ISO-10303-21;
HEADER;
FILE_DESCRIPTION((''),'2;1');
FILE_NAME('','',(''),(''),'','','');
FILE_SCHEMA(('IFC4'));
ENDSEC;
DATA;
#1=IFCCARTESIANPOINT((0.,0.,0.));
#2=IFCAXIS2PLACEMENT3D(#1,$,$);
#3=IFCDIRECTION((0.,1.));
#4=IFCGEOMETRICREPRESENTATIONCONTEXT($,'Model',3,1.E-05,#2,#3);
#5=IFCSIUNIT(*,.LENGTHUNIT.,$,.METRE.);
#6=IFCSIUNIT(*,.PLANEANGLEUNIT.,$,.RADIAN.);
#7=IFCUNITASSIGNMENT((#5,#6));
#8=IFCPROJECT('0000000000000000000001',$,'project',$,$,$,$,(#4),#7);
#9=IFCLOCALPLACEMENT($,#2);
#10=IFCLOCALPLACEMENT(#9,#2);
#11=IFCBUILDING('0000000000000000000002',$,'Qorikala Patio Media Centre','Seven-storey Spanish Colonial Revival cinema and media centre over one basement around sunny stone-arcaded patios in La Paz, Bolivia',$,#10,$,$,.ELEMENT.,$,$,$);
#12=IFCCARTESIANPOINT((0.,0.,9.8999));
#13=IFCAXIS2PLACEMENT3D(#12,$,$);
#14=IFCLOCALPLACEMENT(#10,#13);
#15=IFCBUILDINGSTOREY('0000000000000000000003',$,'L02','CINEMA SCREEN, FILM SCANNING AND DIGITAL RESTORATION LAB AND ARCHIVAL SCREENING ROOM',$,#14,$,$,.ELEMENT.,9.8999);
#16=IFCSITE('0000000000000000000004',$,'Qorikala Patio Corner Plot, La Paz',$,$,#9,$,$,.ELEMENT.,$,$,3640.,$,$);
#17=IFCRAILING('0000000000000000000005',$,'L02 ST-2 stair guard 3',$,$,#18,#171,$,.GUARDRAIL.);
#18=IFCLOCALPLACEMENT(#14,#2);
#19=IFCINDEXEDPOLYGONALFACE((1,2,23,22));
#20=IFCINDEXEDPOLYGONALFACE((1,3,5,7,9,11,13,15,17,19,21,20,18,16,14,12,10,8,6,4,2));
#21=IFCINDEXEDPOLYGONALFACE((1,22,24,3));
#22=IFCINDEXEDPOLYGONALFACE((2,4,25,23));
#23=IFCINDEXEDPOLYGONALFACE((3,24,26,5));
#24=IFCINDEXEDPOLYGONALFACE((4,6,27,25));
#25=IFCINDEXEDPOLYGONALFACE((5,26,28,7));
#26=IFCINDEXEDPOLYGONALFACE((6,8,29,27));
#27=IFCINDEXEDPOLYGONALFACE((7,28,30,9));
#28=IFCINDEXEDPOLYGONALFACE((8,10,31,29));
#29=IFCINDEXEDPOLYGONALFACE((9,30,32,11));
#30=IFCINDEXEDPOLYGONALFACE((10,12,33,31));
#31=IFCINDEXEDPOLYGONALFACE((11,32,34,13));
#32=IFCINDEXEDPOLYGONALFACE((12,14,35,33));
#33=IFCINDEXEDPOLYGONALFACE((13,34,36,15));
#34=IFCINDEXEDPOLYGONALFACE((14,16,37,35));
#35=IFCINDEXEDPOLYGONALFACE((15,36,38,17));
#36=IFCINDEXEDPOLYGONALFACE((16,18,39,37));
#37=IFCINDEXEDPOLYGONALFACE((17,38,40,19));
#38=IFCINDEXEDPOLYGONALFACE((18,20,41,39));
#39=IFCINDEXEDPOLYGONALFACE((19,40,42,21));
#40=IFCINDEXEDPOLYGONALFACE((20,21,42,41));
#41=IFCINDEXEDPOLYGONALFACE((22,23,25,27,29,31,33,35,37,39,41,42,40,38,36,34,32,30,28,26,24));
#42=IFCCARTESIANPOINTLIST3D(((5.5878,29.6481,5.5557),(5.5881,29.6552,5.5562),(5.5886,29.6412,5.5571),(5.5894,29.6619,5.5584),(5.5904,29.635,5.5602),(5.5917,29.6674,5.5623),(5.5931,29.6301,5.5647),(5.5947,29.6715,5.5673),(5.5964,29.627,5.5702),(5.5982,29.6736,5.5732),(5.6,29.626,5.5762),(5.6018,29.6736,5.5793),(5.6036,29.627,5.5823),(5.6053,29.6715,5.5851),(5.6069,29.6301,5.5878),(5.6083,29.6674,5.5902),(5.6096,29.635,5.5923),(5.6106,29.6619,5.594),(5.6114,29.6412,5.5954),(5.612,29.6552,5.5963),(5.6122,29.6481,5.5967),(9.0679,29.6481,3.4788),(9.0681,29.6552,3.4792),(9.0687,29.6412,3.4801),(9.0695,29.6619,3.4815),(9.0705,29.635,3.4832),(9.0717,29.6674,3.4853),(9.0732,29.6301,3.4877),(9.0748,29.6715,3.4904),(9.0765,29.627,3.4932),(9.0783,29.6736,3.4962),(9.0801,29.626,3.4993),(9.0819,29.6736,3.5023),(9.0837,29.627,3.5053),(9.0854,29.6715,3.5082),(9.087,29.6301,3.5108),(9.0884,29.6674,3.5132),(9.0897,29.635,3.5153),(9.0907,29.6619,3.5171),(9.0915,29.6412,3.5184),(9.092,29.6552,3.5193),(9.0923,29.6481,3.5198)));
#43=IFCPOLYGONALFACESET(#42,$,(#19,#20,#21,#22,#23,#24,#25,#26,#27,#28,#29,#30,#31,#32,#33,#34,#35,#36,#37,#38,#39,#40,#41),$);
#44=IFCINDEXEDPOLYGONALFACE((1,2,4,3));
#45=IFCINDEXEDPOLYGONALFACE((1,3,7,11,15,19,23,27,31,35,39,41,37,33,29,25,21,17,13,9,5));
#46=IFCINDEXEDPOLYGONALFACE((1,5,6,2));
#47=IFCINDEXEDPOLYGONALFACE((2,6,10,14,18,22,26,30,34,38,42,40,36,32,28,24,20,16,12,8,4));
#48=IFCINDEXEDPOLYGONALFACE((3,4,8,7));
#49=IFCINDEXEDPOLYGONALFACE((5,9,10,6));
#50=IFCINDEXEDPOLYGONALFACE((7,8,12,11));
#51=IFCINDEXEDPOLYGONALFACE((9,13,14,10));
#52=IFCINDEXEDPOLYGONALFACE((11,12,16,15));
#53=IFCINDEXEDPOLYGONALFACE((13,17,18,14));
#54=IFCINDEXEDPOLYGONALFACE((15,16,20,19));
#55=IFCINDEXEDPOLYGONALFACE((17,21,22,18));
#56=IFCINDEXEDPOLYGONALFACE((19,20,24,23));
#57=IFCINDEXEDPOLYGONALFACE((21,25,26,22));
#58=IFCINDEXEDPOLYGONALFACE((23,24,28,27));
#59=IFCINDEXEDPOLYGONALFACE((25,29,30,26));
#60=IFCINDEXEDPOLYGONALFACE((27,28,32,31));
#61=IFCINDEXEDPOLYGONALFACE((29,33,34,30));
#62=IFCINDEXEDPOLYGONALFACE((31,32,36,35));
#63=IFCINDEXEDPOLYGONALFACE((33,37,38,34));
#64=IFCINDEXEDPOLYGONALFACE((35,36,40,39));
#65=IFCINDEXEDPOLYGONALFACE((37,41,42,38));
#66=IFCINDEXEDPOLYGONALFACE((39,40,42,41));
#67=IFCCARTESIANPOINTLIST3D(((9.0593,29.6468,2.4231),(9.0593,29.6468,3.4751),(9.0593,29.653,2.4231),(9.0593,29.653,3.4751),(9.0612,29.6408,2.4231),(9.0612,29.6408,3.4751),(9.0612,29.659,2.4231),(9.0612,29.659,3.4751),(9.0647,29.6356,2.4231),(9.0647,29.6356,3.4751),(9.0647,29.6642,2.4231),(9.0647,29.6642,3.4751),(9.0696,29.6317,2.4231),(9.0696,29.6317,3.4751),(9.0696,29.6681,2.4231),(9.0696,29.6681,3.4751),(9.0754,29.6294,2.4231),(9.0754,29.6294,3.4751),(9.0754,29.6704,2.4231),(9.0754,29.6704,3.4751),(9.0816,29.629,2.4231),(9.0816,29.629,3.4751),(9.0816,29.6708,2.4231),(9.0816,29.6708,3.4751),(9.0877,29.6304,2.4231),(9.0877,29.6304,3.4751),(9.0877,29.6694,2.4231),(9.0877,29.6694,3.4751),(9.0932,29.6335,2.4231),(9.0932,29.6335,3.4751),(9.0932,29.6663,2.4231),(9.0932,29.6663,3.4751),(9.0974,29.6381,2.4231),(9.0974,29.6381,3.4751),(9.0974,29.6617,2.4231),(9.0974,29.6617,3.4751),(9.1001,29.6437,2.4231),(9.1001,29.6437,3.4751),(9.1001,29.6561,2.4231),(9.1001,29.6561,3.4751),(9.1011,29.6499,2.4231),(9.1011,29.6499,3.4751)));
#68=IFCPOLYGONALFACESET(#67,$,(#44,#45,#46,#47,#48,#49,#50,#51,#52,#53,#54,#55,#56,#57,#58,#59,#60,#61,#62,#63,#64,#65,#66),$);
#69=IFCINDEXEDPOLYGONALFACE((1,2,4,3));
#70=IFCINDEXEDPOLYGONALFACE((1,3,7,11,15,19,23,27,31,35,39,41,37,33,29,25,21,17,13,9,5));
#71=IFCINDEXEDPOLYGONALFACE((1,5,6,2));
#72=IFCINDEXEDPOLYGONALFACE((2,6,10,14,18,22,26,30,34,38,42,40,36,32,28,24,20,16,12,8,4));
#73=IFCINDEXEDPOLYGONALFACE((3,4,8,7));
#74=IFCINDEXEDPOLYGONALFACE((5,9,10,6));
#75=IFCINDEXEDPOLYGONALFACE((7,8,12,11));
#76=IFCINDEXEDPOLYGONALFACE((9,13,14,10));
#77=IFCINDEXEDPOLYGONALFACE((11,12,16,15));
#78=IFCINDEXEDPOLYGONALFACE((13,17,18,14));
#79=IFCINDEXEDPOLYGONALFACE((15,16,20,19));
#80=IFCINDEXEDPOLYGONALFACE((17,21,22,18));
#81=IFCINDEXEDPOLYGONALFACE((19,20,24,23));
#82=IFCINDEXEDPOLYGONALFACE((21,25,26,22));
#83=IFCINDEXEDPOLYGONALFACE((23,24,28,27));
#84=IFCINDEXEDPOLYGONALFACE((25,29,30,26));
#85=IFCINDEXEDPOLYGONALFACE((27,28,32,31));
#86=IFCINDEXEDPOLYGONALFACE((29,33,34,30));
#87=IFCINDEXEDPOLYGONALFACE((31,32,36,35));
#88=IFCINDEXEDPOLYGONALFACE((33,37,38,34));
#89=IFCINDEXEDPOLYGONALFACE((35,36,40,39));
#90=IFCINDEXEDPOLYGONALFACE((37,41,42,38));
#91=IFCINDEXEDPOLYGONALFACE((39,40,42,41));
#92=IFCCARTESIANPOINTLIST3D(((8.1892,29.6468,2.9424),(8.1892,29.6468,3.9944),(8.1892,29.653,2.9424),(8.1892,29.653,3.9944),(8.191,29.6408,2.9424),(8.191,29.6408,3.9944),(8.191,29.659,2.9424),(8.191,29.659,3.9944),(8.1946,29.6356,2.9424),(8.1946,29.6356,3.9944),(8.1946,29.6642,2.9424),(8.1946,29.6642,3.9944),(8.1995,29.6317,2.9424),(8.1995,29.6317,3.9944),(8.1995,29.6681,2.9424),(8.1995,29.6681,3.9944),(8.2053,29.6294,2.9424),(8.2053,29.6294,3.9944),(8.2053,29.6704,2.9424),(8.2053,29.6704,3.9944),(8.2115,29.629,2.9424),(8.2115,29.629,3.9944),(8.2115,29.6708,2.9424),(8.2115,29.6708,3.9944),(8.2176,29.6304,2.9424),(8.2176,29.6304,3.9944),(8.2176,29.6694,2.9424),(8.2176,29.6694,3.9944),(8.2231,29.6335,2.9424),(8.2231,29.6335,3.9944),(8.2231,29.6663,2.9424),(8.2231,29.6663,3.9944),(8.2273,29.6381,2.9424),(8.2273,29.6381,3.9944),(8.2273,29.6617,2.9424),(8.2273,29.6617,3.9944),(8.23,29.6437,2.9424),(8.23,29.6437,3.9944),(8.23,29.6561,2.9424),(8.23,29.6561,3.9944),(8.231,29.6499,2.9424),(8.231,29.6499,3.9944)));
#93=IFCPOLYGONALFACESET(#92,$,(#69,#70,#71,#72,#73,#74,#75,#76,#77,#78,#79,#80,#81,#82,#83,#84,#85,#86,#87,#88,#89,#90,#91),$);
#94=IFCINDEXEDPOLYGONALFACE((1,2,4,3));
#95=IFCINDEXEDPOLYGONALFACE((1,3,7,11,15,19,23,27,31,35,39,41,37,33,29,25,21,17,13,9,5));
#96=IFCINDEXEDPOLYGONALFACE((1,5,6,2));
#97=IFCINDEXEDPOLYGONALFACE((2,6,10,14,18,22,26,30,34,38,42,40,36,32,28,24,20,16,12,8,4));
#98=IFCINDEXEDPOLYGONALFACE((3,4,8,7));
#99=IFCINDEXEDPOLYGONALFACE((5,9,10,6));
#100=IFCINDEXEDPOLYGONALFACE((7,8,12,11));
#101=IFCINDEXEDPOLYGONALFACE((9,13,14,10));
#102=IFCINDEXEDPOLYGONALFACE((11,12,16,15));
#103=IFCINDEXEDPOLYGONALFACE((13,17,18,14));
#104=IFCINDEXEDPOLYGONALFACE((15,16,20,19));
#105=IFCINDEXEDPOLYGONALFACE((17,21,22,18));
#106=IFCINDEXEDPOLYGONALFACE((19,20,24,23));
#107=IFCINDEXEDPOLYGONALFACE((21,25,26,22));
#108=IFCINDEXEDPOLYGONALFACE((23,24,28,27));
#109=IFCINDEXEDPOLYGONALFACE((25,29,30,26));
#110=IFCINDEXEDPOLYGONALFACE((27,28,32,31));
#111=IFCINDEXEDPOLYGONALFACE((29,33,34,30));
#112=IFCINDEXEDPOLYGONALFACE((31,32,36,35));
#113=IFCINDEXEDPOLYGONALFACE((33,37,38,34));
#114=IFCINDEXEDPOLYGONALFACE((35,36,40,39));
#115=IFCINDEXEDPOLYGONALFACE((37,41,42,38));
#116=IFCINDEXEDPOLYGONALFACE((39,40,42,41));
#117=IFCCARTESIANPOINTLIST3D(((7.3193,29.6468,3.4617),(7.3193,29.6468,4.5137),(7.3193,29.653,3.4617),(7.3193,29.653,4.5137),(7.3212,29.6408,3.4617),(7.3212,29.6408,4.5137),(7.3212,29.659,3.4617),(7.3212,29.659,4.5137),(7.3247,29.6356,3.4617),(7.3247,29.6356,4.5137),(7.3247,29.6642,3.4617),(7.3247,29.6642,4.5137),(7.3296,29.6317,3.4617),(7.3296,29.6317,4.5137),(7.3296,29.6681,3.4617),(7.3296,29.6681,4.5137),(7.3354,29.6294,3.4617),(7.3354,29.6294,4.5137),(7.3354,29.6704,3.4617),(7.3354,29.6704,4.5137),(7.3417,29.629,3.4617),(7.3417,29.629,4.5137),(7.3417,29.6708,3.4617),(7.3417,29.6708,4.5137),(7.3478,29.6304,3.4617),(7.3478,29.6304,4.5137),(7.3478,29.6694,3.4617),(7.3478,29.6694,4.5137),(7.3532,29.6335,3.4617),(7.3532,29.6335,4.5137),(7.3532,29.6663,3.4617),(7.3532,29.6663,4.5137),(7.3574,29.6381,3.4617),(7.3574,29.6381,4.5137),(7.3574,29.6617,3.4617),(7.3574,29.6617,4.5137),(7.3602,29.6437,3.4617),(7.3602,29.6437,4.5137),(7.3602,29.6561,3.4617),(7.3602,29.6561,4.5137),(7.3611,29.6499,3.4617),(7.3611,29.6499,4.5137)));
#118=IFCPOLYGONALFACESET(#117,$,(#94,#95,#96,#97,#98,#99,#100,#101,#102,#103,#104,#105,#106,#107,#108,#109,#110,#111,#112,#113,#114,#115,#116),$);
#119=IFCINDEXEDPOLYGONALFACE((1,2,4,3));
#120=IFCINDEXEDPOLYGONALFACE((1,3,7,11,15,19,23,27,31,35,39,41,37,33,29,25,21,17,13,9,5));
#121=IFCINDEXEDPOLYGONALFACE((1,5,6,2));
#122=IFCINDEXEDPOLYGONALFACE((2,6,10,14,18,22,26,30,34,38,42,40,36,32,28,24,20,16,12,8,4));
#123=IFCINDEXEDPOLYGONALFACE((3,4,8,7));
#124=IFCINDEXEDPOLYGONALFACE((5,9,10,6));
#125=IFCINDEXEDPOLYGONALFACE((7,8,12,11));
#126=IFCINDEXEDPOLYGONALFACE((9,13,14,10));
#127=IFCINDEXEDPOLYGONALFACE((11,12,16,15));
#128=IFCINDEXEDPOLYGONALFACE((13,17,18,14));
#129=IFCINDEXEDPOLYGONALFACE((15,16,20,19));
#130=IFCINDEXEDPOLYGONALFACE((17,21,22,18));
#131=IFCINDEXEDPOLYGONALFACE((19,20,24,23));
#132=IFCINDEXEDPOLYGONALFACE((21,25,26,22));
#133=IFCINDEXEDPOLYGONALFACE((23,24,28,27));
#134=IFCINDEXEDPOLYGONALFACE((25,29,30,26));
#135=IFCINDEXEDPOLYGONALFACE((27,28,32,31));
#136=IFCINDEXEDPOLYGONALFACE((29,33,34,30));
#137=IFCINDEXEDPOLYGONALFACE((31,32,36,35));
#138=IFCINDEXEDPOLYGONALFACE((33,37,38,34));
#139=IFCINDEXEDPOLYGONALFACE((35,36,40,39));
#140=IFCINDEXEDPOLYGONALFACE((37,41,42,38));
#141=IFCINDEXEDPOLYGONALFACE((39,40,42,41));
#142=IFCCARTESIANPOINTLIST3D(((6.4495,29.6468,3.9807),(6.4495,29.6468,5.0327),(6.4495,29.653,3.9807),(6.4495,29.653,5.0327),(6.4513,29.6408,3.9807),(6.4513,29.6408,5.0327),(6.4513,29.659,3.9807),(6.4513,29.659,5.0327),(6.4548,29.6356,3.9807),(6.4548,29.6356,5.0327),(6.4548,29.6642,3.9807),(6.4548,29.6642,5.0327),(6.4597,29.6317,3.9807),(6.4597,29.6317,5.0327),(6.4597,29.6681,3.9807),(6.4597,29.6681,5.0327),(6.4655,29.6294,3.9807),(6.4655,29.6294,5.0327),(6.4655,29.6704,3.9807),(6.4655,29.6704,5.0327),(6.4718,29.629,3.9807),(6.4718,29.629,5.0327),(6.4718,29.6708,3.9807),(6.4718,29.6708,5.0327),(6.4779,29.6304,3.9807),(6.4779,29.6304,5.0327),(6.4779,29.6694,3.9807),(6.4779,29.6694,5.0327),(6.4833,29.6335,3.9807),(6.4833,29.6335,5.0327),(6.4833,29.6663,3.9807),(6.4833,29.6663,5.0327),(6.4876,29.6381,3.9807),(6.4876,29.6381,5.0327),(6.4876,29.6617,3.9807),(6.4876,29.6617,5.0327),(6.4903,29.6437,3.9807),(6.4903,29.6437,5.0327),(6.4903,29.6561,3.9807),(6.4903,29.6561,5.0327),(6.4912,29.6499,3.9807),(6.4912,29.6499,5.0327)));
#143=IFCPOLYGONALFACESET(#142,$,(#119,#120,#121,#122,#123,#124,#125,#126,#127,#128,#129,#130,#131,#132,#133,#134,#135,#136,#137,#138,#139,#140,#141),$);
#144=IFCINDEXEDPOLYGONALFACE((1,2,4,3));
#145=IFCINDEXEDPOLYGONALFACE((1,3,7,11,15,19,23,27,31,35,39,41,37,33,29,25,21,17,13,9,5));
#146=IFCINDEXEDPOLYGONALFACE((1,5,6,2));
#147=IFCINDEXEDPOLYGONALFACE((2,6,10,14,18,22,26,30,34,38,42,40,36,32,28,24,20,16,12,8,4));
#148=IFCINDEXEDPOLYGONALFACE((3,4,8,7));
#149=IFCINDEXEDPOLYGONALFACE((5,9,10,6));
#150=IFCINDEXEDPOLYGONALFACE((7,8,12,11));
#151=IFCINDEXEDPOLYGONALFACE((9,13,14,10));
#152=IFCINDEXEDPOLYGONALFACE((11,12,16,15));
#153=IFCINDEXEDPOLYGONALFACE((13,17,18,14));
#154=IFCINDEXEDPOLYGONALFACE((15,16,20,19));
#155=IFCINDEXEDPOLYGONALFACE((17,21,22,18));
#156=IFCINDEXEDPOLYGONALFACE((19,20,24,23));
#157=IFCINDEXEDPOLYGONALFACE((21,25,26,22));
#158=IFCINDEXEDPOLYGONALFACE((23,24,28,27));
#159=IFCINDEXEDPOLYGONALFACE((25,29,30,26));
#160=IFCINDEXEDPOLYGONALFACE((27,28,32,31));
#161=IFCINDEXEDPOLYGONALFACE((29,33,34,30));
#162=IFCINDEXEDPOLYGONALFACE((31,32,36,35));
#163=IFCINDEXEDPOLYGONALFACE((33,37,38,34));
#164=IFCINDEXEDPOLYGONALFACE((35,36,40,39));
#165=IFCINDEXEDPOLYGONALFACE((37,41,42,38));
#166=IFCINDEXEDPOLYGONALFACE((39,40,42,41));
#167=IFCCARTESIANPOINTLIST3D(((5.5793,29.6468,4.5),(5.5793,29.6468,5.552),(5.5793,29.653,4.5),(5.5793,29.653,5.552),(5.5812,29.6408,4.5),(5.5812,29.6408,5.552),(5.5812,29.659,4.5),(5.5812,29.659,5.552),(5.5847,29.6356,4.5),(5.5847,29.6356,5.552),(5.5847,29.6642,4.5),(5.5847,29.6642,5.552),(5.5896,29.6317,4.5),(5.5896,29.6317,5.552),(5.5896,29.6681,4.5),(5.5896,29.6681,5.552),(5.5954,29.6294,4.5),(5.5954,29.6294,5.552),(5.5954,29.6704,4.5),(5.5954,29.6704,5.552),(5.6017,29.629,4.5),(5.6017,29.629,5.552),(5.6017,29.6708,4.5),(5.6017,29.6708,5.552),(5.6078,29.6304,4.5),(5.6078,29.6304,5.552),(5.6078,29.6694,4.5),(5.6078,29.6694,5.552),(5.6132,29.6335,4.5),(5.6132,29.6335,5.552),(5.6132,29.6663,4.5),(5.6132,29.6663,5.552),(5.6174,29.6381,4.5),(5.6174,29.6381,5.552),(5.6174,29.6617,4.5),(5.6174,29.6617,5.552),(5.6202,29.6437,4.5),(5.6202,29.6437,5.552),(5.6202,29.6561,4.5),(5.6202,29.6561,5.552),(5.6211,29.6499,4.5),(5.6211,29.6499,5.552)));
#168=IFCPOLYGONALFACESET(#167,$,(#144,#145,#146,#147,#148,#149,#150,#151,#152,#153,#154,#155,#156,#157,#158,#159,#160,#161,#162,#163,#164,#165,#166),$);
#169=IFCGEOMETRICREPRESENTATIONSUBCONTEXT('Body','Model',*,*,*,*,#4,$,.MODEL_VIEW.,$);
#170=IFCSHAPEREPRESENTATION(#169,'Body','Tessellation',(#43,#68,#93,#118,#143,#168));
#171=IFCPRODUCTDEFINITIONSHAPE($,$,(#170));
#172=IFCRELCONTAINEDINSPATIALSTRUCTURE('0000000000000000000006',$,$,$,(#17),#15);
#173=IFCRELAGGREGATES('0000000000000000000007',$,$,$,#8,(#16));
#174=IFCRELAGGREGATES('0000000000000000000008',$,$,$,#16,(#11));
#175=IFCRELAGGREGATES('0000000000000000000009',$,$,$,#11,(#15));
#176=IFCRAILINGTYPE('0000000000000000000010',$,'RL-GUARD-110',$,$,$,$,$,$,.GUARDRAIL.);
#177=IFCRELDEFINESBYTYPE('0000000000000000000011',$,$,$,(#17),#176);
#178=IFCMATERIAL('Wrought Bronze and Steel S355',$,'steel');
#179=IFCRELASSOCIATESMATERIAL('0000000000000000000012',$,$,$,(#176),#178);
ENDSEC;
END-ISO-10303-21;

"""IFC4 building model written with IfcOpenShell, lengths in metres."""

from ifc_helpers import new_model, si_unit, direction, frame, origin, origin_2d, place, context, subcontext, project, spatial, circle, extrude, material, type_object, element, save


model = new_model("IFC4")

# Units and contexts
model_context = context("Model", 3, precision=1e-05, world=origin(), true_north=direction((0.0, 1.0)))
body_context = subcontext(model_context, "Body", "Model", "MODEL_VIEW")
ifc_project = project(units=[si_unit("LENGTHUNIT", "METRE"), si_unit("PLANEANGLEUNIT", "RADIAN")], contexts=[model_context])

# Site, building, storey
site_placement = place(None, origin())
site = spatial("IfcSite", under=ifc_project, at=site_placement, Name="Qorikala Patio Corner Plot, La Paz", CompositionType="ELEMENT", RefElevation=3640.0)
building_placement = place(site_placement, origin())
building = spatial("IfcBuilding", under=site, at=building_placement, Name="Qorikala Patio Media Centre", Description="Seven-storey Spanish Colonial Revival cinema and media centre over one basement around sunny stone-arcaded patios in La Paz, Bolivia", CompositionType="ELEMENT")
storey_placement = place(building_placement, frame((0.0, 0.0, 9.8999)))
storey = spatial("IfcBuildingStorey", under=building, at=storey_placement, Name="L02", Description="CINEMA SCREEN, FILM SCANNING AND DIGITAL RESTORATION LAB AND ARCHIVAL SCREENING ROOM", CompositionType="ELEMENT", Elevation=9.8999)

# Railing
ifc_material_1 = material(Name="Wrought Bronze and Steel S355", Category="steel")
railing_type_1 = type_object("IfcRailingType", Name="RL-GUARD-110", PredefinedType="GUARDRAIL", material=ifc_material_1)
railing_1_placement = place(storey_placement, frame((9.0801, 29.6499, 2.4231)))
element("IfcRailing", 1, at=railing_1_placement, inside=storey, type_object=railing_type_1, Name="L02 ST-2 stair guard 3", PredefinedType="GUARDRAIL", context=body_context, shape_type="SweptSolid", body=[
    extrude(circle(Radius=0.0239, at=origin_2d()), frame((0.0, 0.0, 1.0762), z_axis=(-0.858697, 0.0, 0.512483), x_axis=(0.0, -1.0, 0.0)), (0.0, 0.0, 1.0), 4.0527),
    extrude(circle(Radius=0.021, at=origin_2d()), origin(), (0.0, 0.0, 1.0), 1.052),
    extrude(circle(Radius=0.021, at=origin_2d()), frame((-0.8701, 0.0, 0.5193)), (0.0, 0.0, 1.0), 1.052),
    extrude(circle(Radius=0.021, at=origin_2d()), frame((-1.74, 0.0, 1.0386)), (0.0, 0.0, 1.0), 1.052),
    extrude(circle(Radius=0.021, at=origin_2d()), frame((-2.6099, 0.0, 1.5576)), (0.0, 0.0, 1.0), 1.052),
    extrude(circle(Radius=0.021, at=origin_2d()), frame((-3.48, 0.0, 2.0769)), (0.0, 0.0, 1.0), 1.052),
])

save(model, "model.ifc")
